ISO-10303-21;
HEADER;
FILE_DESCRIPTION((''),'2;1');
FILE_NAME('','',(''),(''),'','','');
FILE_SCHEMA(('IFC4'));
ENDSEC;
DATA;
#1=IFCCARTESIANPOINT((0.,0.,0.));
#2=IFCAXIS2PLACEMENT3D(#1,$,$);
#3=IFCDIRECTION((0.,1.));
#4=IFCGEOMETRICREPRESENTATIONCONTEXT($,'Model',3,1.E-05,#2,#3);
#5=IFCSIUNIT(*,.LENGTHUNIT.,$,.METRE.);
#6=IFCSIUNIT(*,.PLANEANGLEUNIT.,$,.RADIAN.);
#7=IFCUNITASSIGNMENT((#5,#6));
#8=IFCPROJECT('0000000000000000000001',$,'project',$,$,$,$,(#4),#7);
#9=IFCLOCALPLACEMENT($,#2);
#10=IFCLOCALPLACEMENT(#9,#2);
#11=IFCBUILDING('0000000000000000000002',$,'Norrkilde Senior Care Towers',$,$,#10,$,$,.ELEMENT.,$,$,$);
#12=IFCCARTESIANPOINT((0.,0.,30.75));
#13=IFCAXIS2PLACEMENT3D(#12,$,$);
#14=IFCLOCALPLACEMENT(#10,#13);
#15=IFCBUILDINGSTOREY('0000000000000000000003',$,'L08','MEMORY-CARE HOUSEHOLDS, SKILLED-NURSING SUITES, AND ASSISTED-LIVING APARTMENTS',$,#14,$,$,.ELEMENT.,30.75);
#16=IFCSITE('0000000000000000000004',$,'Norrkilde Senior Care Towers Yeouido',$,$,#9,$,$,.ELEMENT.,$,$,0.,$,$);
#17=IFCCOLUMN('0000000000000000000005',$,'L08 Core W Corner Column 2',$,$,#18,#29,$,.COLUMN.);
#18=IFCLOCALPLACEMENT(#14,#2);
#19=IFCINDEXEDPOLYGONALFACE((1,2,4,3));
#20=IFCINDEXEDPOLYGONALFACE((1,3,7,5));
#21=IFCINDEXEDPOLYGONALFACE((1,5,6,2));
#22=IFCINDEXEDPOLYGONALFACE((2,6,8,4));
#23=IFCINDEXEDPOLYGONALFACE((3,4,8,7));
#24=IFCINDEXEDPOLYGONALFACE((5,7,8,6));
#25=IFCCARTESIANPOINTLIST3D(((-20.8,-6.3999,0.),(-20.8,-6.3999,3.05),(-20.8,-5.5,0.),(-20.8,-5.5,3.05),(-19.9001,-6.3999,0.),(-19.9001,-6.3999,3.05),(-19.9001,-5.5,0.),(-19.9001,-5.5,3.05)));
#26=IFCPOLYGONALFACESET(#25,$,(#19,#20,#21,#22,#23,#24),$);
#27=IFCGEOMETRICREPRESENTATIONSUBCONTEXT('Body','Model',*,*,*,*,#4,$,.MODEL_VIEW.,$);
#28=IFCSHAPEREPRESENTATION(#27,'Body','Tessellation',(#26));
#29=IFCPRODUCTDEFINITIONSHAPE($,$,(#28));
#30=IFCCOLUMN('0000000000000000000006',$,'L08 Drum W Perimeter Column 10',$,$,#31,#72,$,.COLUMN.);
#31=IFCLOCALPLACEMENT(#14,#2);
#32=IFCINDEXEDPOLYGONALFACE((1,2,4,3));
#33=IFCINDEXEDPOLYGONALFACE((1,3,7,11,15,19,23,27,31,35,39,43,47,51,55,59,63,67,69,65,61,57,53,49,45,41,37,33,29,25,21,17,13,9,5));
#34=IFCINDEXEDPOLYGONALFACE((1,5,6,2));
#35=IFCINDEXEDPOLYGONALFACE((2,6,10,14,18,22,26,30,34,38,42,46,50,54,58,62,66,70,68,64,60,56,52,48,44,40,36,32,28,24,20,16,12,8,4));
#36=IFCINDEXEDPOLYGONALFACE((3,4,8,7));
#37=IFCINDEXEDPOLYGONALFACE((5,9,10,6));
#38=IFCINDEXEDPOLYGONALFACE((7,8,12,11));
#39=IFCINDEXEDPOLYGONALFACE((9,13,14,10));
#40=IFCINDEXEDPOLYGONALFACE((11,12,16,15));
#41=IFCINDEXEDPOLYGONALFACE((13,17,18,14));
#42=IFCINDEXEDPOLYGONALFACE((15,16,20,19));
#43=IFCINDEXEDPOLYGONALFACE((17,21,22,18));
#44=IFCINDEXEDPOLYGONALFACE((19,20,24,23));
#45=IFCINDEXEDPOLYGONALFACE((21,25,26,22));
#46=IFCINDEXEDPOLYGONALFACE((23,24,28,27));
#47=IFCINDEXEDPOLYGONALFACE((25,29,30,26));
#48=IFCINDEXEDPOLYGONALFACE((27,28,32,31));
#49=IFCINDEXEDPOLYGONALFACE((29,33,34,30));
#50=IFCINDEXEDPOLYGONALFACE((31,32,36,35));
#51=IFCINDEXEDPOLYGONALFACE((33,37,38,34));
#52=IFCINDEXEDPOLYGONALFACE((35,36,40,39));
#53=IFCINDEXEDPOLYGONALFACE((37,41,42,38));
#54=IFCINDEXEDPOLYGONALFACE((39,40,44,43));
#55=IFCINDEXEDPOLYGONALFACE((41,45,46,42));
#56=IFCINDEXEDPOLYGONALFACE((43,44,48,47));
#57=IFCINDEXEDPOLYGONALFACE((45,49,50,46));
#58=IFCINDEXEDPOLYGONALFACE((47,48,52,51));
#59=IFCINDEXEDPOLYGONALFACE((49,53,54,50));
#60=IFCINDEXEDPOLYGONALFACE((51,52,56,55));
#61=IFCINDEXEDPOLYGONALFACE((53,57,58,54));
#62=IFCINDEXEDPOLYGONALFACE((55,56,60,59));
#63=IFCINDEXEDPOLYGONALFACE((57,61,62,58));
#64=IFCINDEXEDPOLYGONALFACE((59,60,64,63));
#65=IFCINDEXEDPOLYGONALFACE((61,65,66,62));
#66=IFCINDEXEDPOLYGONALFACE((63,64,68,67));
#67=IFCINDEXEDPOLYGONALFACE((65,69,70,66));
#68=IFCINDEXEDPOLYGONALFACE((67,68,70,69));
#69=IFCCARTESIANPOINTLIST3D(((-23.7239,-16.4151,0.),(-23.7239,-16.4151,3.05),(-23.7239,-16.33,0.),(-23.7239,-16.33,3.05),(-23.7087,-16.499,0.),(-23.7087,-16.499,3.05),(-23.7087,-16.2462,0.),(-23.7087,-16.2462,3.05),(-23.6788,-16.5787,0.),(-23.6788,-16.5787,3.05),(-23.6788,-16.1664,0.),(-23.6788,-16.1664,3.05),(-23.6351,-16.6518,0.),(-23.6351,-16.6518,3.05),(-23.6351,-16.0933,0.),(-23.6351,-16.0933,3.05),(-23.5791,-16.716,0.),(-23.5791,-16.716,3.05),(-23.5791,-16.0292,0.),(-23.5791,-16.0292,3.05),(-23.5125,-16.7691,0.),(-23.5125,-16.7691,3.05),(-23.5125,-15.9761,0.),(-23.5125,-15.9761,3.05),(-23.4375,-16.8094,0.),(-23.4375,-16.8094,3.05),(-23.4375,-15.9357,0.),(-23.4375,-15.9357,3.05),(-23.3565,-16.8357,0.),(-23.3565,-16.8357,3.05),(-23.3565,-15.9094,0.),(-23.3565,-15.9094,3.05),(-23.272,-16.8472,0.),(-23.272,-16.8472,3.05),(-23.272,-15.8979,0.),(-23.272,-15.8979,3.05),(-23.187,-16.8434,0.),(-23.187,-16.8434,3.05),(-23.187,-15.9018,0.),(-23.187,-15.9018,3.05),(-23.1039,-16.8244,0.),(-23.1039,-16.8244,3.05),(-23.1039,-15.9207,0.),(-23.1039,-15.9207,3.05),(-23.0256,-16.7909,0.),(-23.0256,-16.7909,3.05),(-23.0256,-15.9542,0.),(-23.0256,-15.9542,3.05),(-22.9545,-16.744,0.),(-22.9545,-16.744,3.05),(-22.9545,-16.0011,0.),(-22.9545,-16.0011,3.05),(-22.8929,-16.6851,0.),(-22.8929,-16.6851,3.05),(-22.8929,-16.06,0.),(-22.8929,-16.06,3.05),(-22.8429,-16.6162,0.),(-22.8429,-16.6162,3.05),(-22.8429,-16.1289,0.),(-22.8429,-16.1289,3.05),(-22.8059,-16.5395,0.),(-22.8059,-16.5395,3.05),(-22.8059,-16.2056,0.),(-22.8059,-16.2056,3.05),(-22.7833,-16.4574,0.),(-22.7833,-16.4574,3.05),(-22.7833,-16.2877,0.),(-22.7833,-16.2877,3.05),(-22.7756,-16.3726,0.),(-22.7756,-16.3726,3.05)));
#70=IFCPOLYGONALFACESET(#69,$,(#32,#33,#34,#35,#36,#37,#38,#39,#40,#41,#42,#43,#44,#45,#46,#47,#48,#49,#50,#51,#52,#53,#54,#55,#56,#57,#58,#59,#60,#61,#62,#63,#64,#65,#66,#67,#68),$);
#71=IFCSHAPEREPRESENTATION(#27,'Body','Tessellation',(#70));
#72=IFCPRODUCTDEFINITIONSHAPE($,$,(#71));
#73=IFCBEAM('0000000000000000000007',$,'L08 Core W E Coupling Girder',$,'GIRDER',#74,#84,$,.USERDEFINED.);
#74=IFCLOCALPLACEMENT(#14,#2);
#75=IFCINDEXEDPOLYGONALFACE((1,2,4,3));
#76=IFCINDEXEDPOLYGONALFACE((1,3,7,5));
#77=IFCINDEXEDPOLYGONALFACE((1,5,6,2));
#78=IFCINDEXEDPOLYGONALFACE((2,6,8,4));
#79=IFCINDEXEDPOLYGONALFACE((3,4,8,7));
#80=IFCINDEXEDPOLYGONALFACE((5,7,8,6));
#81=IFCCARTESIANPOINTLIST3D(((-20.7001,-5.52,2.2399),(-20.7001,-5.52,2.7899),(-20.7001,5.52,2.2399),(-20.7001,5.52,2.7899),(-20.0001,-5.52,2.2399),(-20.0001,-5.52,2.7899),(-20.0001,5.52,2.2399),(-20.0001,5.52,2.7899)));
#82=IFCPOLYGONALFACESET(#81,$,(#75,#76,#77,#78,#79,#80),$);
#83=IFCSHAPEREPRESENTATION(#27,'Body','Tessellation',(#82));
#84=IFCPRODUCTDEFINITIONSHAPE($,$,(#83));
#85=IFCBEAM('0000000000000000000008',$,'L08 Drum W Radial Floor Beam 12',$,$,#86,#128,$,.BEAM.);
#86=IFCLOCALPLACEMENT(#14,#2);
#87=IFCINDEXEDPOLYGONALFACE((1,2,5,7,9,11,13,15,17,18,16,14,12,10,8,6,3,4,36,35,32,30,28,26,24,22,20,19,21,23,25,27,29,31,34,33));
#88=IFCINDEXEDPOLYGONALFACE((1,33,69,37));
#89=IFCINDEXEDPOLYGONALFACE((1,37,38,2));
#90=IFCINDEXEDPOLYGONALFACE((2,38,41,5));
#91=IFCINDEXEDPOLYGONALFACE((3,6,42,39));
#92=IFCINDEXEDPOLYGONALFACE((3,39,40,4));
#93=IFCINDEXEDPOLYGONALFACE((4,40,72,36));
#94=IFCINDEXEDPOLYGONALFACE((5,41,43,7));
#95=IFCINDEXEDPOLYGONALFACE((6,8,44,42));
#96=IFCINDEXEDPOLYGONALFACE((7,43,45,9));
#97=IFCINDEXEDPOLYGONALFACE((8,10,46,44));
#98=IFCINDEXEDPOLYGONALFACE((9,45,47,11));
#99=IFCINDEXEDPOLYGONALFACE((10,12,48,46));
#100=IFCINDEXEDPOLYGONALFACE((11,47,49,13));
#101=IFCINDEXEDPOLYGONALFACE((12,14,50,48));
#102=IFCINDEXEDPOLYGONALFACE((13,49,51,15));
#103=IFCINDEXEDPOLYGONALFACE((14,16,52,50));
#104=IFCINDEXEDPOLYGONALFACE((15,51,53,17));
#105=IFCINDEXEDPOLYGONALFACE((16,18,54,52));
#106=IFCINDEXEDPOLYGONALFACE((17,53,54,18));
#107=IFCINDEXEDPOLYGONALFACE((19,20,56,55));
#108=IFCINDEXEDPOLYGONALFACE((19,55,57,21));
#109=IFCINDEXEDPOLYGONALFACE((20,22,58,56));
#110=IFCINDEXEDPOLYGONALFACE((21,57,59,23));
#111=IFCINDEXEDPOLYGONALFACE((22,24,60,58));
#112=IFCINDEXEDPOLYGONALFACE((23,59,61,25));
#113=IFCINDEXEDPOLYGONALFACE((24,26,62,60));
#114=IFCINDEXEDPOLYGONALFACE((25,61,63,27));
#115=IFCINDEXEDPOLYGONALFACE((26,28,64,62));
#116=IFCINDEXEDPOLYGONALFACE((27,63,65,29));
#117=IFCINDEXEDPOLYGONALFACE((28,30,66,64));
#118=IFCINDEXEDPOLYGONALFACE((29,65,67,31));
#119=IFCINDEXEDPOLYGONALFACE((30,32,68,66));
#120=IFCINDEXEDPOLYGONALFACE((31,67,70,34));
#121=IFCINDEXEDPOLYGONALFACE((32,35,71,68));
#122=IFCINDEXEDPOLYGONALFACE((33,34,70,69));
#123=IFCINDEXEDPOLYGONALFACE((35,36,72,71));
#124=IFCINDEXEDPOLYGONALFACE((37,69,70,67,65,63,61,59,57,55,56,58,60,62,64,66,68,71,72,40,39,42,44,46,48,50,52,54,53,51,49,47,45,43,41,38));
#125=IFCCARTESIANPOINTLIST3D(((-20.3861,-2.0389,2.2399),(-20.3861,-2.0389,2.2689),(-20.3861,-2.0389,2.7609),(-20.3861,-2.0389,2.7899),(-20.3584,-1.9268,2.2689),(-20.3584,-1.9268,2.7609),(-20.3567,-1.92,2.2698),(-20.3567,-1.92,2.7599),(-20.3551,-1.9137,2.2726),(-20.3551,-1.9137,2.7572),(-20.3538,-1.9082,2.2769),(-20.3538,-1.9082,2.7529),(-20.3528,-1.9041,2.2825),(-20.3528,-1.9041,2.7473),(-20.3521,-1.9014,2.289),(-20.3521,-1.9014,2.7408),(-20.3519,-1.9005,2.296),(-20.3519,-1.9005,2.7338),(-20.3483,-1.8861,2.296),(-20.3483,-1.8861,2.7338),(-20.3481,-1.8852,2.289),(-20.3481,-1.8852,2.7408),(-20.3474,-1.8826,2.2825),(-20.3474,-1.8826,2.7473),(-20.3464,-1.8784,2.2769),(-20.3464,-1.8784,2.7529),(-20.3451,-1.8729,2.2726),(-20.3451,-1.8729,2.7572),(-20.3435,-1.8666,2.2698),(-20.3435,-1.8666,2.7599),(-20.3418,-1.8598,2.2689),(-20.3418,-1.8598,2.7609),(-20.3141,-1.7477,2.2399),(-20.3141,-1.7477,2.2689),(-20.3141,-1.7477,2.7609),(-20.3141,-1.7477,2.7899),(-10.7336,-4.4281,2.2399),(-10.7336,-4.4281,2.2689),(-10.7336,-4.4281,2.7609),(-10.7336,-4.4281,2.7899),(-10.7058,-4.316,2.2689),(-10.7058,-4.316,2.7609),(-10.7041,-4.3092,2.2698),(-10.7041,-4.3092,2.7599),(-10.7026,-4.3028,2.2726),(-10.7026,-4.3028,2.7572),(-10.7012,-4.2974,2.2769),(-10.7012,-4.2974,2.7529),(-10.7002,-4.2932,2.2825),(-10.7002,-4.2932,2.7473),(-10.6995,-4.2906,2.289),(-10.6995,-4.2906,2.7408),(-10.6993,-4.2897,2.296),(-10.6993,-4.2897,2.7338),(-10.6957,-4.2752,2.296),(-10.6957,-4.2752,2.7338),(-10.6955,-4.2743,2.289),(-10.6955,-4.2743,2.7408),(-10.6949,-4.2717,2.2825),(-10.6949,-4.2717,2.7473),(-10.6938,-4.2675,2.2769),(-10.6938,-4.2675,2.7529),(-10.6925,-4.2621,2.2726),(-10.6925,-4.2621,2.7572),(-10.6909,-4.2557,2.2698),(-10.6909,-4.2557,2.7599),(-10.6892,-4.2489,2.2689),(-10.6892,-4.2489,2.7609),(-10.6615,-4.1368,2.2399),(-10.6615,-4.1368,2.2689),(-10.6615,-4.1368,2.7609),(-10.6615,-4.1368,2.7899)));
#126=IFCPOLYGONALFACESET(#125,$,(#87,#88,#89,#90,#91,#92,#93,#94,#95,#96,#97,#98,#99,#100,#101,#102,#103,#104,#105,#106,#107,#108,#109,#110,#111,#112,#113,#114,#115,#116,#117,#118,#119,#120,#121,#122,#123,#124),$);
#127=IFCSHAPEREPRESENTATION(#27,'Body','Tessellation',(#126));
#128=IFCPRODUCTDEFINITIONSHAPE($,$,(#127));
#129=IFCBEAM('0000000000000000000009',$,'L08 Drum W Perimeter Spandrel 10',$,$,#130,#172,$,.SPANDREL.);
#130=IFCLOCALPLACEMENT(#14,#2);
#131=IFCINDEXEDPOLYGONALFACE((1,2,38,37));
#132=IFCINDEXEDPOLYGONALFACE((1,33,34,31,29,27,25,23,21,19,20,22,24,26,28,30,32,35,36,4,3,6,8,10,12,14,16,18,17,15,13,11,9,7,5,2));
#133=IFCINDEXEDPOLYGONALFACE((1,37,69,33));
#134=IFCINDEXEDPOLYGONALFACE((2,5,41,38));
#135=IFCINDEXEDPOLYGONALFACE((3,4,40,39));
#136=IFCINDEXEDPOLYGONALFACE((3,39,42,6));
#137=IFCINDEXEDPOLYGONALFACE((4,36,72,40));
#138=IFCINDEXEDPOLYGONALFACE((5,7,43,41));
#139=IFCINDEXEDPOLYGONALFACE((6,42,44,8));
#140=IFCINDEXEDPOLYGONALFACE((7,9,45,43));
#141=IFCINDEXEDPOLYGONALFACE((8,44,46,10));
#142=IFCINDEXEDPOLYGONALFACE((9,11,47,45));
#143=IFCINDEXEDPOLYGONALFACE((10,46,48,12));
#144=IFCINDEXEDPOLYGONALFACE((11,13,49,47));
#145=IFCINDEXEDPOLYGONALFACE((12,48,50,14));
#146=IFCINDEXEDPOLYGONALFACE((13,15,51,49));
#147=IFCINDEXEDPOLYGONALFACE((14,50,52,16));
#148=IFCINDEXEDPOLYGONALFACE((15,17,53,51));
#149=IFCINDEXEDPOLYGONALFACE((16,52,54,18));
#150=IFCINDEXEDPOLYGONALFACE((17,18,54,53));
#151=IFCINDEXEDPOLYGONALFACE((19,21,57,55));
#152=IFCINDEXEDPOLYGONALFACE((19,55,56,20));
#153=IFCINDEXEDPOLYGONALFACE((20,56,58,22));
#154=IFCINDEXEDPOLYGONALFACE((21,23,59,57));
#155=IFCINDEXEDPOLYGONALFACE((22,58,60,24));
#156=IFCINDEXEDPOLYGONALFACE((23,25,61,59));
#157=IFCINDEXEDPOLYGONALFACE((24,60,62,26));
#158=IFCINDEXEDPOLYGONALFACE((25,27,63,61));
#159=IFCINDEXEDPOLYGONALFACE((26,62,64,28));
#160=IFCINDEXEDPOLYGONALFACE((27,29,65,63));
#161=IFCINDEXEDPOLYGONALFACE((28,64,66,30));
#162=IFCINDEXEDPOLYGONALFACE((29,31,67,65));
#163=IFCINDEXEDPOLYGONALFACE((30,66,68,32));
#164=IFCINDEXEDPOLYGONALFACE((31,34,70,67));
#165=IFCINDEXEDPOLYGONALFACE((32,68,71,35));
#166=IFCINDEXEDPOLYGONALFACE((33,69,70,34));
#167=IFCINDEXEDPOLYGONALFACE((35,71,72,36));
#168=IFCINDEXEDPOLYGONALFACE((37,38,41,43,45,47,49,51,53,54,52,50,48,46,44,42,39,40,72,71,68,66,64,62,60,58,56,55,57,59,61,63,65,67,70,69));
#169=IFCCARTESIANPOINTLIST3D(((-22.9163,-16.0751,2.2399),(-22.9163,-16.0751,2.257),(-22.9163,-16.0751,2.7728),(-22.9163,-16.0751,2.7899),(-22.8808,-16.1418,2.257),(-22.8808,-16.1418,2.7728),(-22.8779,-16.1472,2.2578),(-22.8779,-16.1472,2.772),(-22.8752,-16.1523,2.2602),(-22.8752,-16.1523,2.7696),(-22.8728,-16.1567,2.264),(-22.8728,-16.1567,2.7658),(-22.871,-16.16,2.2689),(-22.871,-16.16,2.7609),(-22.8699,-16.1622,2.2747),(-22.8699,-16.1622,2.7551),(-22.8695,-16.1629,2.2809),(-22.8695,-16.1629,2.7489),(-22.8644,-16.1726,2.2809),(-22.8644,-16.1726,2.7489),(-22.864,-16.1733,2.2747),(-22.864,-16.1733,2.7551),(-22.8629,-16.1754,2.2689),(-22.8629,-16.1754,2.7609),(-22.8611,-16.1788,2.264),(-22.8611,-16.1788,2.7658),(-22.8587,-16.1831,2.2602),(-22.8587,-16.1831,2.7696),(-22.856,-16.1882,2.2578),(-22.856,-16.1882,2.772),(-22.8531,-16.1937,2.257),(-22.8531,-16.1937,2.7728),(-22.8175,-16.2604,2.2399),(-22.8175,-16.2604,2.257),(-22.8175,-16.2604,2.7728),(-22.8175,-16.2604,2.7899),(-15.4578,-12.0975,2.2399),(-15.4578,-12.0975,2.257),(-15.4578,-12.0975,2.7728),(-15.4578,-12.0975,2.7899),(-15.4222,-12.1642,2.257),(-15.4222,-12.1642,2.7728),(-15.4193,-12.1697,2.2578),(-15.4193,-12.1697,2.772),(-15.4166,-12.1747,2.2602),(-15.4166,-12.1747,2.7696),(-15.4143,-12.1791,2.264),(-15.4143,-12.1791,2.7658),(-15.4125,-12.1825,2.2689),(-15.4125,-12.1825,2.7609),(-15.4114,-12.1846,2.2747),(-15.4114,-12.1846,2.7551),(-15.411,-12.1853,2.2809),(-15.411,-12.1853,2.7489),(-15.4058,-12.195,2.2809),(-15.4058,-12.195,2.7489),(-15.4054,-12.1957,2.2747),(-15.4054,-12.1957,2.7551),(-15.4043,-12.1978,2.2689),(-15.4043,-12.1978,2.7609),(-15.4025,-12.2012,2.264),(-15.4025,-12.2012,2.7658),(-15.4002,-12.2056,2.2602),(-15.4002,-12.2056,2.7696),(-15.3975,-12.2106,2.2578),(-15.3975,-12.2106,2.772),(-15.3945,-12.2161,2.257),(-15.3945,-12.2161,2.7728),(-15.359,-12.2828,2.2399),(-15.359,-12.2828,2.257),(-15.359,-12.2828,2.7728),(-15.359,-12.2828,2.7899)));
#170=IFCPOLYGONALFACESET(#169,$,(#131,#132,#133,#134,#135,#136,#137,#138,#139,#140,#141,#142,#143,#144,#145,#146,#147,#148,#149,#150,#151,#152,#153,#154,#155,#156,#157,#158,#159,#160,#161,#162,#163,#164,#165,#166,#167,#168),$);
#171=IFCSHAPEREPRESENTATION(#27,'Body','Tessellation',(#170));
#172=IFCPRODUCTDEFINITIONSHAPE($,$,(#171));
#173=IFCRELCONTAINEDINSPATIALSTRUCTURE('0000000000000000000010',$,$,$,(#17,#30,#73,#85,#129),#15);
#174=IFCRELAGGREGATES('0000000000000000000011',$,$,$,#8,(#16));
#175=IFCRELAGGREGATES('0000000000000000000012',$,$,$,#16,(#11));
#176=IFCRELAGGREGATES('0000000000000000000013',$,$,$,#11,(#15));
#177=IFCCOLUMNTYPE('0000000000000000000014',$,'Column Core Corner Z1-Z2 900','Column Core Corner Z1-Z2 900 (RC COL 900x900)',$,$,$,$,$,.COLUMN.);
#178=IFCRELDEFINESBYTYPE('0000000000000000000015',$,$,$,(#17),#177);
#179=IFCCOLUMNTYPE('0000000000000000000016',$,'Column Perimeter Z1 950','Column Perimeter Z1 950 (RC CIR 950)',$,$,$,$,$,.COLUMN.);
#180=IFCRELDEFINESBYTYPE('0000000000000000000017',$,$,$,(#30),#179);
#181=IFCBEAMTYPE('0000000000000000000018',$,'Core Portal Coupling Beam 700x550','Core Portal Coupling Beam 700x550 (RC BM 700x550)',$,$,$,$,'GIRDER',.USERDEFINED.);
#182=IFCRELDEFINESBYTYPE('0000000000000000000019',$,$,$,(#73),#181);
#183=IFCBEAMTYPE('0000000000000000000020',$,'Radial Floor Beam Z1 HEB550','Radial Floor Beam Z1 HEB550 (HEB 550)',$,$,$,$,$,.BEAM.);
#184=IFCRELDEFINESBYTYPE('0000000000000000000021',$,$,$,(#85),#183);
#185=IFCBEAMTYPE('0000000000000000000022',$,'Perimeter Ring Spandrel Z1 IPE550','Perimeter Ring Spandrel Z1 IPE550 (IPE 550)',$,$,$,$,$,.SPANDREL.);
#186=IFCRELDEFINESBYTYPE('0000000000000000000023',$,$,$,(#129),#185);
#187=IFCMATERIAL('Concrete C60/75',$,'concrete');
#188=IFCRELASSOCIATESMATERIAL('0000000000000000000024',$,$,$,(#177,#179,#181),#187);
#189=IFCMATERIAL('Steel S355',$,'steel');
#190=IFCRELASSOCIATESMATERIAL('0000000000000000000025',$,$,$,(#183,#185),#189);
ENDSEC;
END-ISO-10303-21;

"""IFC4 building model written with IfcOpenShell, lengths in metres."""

from ifc_helpers import new_model, si_unit, direction, frame, origin, origin_2d, place, context, subcontext, project, spatial, rectangle, circle, i_section, extrude, source, transform, mapped, material, material_profile, profile_set, type_object, type_shapes, element, save


model = new_model("IFC4")

# Units and contexts
model_context = context("Model", 3, precision=1e-05, world=origin(), true_north=direction((0.0, 1.0)))
body_context = subcontext(model_context, "Body", "Model", "MODEL_VIEW")
ifc_project = project(units=[si_unit("LENGTHUNIT", "METRE"), si_unit("PLANEANGLEUNIT", "RADIAN")], contexts=[model_context])

# Site, building, storey
site_placement = place(None, origin())
site = spatial("IfcSite", under=ifc_project, at=site_placement, Name="Norrkilde Senior Care Towers Yeouido", CompositionType="ELEMENT", RefElevation=0.0)
building_placement = place(site_placement, origin())
building = spatial("IfcBuilding", under=site, at=building_placement, Name="Norrkilde Senior Care Towers", CompositionType="ELEMENT")
storey_placement = place(building_placement, frame((0.0, 0.0, 30.75)))
storey = spatial("IfcBuildingStorey", under=building, at=storey_placement, Name="L08", Description="MEMORY-CARE HOUSEHOLDS, SKILLED-NURSING SUITES, AND ASSISTED-LIVING APARTMENTS", CompositionType="ELEMENT", Elevation=30.75)

# Columns
ifc_material_1 = material(Name="Concrete C60/75", Category="concrete")
ifc_material_profile_1 = material_profile(ifc_material_1, rectangle(XDim=0.8999, YDim=0.8999, at=origin_2d()), Name="RC COL 900x900")
ifc_profile_set_1 = profile_set([ifc_material_profile_1], Name="Concrete C60/75")
column_type_1 = type_object("IfcColumnType", Name="Column Core Corner Z1-Z2 900", Description="Column Core Corner Z1-Z2 900 (RC COL 900x900)", PredefinedType="COLUMN", material=ifc_profile_set_1)
shared_shape_1 = source(origin(), body_context, "Body", "SweptSolid", [
    extrude(rectangle(XDim=0.8999, YDim=0.8999, at=origin_2d()), origin(), (0.0, 0.0, 1.0), 3.05),
])
type_shapes(column_type_1, [shared_shape_1])
column_1_placement = place(storey_placement, frame((-20.3501, -5.95, 0.0), z_axis=(0.0, 0.0, 1.0), x_axis=(1.0, 0.0, 0.0)))
element("IfcColumn", 1, at=column_1_placement, inside=storey, type_object=column_type_1, Name="L08 Core W Corner Column 2", PredefinedType="COLUMN", context=body_context, shape_type="MappedRepresentation", body=[
    mapped(shared_shape_1, transform((0.0, 0.0, 0.0), x_axis=(1.0, 0.0, 0.0), y_axis=(0.0, 1.0, 0.0), z_axis=(0.0, 0.0, 1.0), scale=1.0)),
])
ifc_material_profile_2 = material_profile(ifc_material_1, circle(Radius=0.4751, at=origin_2d()), Name="RC CIR 950")
ifc_profile_set_2 = profile_set([ifc_material_profile_2], Name="Concrete C60/75")
column_type_2 = type_object("IfcColumnType", Name="Column Perimeter Z1 950", Description="Column Perimeter Z1 950 (RC CIR 950)", PredefinedType="COLUMN", material=ifc_profile_set_2)
shared_shape_2 = source(origin(), body_context, "Body", "SweptSolid", [
    extrude(circle(Radius=0.4751, at=origin_2d()), origin(), (0.0, 0.0, 1.0), 3.05),
])
type_shapes(column_type_2, [shared_shape_2])
column_2_placement = place(storey_placement, frame((-23.2507, -16.3726, 0.0), z_axis=(0.0, 0.0, 1.0), x_axis=(1.0, 0.0, 0.0)))
element("IfcColumn", 2, at=column_2_placement, inside=storey, type_object=column_type_2, Name="L08 Drum W Perimeter Column 10", PredefinedType="COLUMN", context=body_context, shape_type="MappedRepresentation", body=[
    mapped(shared_shape_2, transform((0.0, 0.0, 0.0), x_axis=(1.0, 0.0, 0.0), y_axis=(0.0, 1.0, 0.0), z_axis=(0.0, 0.0, 1.0), scale=1.0)),
])

# Beams
ifc_material_profile_3 = material_profile(ifc_material_1, rectangle(XDim=0.7, YDim=0.55, at=origin_2d()), Name="RC BM 700x550")
ifc_profile_set_3 = profile_set([ifc_material_profile_3], Name="Concrete C60/75")
beam_type_1 = type_object("IfcBeamType", Name="Core Portal Coupling Beam 700x550", Description="Core Portal Coupling Beam 700x550 (RC BM 700x550)", ElementType="GIRDER", PredefinedType="USERDEFINED", material=ifc_profile_set_3)
shared_shape_3 = source(origin(), body_context, "Body", "SweptSolid", [
    extrude(rectangle(XDim=0.7, YDim=0.55, at=origin_2d()), origin(), (0.0, 0.0, 1.0), 11.04),
])
type_shapes(beam_type_1, [shared_shape_3])
beam_1_placement = place(storey_placement, frame((-20.3501, -5.52, 2.5149), z_axis=(0.0, 1.0, 0.0), x_axis=(-1.0, 0.0, 0.0)))
element("IfcBeam", 3, at=beam_1_placement, inside=storey, type_object=beam_type_1, Name="L08 Core W E Coupling Girder", ObjectType="GIRDER", PredefinedType="USERDEFINED", context=body_context, shape_type="MappedRepresentation", body=[
    mapped(shared_shape_3, transform((0.0, 0.0, 0.0), x_axis=(1.0, 0.0, 0.0), y_axis=(0.0, 1.0, 0.0), z_axis=(0.0, 0.0, 1.0), scale=1.0)),
])
ifc_material_2 = material(Name="Steel S355", Category="steel")
ifc_material_profile_4 = material_profile(ifc_material_2, i_section(OverallWidth=0.3, OverallDepth=0.55, WebThickness=0.0149, FlangeThickness=0.0291, FilletRadius=0.0271, at=origin_2d()), Name="HEB 550")
ifc_profile_set_4 = profile_set([ifc_material_profile_4], Name="Steel S355")
beam_type_2 = type_object("IfcBeamType", Name="Radial Floor Beam Z1 HEB550", Description="Radial Floor Beam Z1 HEB550 (HEB 550)", PredefinedType="BEAM", material=ifc_profile_set_4)
shared_shape_4 = source(origin(), body_context, "Body", "SweptSolid", [
    extrude(i_section(OverallWidth=0.3, OverallDepth=0.55, WebThickness=0.0149, FlangeThickness=0.0291, FilletRadius=0.0271, at=origin_2d()), origin(), (0.0, 0.0, 1.0), 9.9438),
])
beam_2_placement = place(storey_placement, frame((-20.3501, -1.8933, 2.5149), z_axis=(0.970707, -0.240265, 0.0), x_axis=(0.240265, 0.970707, 0.0)))
element("IfcBeam", 4, at=beam_2_placement, inside=storey, type_object=beam_type_2, Name="L08 Drum W Radial Floor Beam 12", PredefinedType="BEAM", context=body_context, shape_type="MappedRepresentation", body=[
    mapped(shared_shape_4, transform((0.0, 0.0, 0.0), x_axis=(1.0, 0.0, 0.0), y_axis=(0.0, 1.0, 0.0), z_axis=(0.0, 0.0, 1.0), scale=1.0)),
])
ifc_material_profile_5 = material_profile(ifc_material_2, i_section(OverallWidth=0.21, OverallDepth=0.55, WebThickness=0.011, FlangeThickness=0.0171, FilletRadius=0.0239, at=origin_2d()), Name="IPE 550")
ifc_profile_set_5 = profile_set([ifc_material_profile_5], Name="Steel S355")
beam_type_3 = type_object("IfcBeamType", Name="Perimeter Ring Spandrel Z1 IPE550", Description="Perimeter Ring Spandrel Z1 IPE550 (IPE 550)", PredefinedType="SPANDREL", material=ifc_profile_set_5)
shared_shape_5 = source(origin(), body_context, "Body", "SweptSolid", [
    extrude(i_section(OverallWidth=0.21, OverallDepth=0.55, WebThickness=0.011, FlangeThickness=0.0171, FilletRadius=0.0239, at=origin_2d()), origin(), (0.0, 0.0, 1.0), 8.4529),
])
type_shapes(beam_type_3, [shared_shape_5])
beam_3_placement = place(storey_placement, frame((-22.8669, -16.1677, 2.5149), z_axis=(0.882369, 0.470558, 0.0), x_axis=(-0.470558, 0.882369, 0.0)))
element("IfcBeam", 5, at=beam_3_placement, inside=storey, type_object=beam_type_3, Name="L08 Drum W Perimeter Spandrel 10", PredefinedType="SPANDREL", context=body_context, shape_type="MappedRepresentation", body=[
    mapped(shared_shape_5, transform((0.0, 0.0, 0.0), x_axis=(1.0, 0.0, 0.0), y_axis=(0.0, 1.0, 0.0), z_axis=(0.0, 0.0, 1.0), scale=1.0)),
])

save(model, "model.ifc")
